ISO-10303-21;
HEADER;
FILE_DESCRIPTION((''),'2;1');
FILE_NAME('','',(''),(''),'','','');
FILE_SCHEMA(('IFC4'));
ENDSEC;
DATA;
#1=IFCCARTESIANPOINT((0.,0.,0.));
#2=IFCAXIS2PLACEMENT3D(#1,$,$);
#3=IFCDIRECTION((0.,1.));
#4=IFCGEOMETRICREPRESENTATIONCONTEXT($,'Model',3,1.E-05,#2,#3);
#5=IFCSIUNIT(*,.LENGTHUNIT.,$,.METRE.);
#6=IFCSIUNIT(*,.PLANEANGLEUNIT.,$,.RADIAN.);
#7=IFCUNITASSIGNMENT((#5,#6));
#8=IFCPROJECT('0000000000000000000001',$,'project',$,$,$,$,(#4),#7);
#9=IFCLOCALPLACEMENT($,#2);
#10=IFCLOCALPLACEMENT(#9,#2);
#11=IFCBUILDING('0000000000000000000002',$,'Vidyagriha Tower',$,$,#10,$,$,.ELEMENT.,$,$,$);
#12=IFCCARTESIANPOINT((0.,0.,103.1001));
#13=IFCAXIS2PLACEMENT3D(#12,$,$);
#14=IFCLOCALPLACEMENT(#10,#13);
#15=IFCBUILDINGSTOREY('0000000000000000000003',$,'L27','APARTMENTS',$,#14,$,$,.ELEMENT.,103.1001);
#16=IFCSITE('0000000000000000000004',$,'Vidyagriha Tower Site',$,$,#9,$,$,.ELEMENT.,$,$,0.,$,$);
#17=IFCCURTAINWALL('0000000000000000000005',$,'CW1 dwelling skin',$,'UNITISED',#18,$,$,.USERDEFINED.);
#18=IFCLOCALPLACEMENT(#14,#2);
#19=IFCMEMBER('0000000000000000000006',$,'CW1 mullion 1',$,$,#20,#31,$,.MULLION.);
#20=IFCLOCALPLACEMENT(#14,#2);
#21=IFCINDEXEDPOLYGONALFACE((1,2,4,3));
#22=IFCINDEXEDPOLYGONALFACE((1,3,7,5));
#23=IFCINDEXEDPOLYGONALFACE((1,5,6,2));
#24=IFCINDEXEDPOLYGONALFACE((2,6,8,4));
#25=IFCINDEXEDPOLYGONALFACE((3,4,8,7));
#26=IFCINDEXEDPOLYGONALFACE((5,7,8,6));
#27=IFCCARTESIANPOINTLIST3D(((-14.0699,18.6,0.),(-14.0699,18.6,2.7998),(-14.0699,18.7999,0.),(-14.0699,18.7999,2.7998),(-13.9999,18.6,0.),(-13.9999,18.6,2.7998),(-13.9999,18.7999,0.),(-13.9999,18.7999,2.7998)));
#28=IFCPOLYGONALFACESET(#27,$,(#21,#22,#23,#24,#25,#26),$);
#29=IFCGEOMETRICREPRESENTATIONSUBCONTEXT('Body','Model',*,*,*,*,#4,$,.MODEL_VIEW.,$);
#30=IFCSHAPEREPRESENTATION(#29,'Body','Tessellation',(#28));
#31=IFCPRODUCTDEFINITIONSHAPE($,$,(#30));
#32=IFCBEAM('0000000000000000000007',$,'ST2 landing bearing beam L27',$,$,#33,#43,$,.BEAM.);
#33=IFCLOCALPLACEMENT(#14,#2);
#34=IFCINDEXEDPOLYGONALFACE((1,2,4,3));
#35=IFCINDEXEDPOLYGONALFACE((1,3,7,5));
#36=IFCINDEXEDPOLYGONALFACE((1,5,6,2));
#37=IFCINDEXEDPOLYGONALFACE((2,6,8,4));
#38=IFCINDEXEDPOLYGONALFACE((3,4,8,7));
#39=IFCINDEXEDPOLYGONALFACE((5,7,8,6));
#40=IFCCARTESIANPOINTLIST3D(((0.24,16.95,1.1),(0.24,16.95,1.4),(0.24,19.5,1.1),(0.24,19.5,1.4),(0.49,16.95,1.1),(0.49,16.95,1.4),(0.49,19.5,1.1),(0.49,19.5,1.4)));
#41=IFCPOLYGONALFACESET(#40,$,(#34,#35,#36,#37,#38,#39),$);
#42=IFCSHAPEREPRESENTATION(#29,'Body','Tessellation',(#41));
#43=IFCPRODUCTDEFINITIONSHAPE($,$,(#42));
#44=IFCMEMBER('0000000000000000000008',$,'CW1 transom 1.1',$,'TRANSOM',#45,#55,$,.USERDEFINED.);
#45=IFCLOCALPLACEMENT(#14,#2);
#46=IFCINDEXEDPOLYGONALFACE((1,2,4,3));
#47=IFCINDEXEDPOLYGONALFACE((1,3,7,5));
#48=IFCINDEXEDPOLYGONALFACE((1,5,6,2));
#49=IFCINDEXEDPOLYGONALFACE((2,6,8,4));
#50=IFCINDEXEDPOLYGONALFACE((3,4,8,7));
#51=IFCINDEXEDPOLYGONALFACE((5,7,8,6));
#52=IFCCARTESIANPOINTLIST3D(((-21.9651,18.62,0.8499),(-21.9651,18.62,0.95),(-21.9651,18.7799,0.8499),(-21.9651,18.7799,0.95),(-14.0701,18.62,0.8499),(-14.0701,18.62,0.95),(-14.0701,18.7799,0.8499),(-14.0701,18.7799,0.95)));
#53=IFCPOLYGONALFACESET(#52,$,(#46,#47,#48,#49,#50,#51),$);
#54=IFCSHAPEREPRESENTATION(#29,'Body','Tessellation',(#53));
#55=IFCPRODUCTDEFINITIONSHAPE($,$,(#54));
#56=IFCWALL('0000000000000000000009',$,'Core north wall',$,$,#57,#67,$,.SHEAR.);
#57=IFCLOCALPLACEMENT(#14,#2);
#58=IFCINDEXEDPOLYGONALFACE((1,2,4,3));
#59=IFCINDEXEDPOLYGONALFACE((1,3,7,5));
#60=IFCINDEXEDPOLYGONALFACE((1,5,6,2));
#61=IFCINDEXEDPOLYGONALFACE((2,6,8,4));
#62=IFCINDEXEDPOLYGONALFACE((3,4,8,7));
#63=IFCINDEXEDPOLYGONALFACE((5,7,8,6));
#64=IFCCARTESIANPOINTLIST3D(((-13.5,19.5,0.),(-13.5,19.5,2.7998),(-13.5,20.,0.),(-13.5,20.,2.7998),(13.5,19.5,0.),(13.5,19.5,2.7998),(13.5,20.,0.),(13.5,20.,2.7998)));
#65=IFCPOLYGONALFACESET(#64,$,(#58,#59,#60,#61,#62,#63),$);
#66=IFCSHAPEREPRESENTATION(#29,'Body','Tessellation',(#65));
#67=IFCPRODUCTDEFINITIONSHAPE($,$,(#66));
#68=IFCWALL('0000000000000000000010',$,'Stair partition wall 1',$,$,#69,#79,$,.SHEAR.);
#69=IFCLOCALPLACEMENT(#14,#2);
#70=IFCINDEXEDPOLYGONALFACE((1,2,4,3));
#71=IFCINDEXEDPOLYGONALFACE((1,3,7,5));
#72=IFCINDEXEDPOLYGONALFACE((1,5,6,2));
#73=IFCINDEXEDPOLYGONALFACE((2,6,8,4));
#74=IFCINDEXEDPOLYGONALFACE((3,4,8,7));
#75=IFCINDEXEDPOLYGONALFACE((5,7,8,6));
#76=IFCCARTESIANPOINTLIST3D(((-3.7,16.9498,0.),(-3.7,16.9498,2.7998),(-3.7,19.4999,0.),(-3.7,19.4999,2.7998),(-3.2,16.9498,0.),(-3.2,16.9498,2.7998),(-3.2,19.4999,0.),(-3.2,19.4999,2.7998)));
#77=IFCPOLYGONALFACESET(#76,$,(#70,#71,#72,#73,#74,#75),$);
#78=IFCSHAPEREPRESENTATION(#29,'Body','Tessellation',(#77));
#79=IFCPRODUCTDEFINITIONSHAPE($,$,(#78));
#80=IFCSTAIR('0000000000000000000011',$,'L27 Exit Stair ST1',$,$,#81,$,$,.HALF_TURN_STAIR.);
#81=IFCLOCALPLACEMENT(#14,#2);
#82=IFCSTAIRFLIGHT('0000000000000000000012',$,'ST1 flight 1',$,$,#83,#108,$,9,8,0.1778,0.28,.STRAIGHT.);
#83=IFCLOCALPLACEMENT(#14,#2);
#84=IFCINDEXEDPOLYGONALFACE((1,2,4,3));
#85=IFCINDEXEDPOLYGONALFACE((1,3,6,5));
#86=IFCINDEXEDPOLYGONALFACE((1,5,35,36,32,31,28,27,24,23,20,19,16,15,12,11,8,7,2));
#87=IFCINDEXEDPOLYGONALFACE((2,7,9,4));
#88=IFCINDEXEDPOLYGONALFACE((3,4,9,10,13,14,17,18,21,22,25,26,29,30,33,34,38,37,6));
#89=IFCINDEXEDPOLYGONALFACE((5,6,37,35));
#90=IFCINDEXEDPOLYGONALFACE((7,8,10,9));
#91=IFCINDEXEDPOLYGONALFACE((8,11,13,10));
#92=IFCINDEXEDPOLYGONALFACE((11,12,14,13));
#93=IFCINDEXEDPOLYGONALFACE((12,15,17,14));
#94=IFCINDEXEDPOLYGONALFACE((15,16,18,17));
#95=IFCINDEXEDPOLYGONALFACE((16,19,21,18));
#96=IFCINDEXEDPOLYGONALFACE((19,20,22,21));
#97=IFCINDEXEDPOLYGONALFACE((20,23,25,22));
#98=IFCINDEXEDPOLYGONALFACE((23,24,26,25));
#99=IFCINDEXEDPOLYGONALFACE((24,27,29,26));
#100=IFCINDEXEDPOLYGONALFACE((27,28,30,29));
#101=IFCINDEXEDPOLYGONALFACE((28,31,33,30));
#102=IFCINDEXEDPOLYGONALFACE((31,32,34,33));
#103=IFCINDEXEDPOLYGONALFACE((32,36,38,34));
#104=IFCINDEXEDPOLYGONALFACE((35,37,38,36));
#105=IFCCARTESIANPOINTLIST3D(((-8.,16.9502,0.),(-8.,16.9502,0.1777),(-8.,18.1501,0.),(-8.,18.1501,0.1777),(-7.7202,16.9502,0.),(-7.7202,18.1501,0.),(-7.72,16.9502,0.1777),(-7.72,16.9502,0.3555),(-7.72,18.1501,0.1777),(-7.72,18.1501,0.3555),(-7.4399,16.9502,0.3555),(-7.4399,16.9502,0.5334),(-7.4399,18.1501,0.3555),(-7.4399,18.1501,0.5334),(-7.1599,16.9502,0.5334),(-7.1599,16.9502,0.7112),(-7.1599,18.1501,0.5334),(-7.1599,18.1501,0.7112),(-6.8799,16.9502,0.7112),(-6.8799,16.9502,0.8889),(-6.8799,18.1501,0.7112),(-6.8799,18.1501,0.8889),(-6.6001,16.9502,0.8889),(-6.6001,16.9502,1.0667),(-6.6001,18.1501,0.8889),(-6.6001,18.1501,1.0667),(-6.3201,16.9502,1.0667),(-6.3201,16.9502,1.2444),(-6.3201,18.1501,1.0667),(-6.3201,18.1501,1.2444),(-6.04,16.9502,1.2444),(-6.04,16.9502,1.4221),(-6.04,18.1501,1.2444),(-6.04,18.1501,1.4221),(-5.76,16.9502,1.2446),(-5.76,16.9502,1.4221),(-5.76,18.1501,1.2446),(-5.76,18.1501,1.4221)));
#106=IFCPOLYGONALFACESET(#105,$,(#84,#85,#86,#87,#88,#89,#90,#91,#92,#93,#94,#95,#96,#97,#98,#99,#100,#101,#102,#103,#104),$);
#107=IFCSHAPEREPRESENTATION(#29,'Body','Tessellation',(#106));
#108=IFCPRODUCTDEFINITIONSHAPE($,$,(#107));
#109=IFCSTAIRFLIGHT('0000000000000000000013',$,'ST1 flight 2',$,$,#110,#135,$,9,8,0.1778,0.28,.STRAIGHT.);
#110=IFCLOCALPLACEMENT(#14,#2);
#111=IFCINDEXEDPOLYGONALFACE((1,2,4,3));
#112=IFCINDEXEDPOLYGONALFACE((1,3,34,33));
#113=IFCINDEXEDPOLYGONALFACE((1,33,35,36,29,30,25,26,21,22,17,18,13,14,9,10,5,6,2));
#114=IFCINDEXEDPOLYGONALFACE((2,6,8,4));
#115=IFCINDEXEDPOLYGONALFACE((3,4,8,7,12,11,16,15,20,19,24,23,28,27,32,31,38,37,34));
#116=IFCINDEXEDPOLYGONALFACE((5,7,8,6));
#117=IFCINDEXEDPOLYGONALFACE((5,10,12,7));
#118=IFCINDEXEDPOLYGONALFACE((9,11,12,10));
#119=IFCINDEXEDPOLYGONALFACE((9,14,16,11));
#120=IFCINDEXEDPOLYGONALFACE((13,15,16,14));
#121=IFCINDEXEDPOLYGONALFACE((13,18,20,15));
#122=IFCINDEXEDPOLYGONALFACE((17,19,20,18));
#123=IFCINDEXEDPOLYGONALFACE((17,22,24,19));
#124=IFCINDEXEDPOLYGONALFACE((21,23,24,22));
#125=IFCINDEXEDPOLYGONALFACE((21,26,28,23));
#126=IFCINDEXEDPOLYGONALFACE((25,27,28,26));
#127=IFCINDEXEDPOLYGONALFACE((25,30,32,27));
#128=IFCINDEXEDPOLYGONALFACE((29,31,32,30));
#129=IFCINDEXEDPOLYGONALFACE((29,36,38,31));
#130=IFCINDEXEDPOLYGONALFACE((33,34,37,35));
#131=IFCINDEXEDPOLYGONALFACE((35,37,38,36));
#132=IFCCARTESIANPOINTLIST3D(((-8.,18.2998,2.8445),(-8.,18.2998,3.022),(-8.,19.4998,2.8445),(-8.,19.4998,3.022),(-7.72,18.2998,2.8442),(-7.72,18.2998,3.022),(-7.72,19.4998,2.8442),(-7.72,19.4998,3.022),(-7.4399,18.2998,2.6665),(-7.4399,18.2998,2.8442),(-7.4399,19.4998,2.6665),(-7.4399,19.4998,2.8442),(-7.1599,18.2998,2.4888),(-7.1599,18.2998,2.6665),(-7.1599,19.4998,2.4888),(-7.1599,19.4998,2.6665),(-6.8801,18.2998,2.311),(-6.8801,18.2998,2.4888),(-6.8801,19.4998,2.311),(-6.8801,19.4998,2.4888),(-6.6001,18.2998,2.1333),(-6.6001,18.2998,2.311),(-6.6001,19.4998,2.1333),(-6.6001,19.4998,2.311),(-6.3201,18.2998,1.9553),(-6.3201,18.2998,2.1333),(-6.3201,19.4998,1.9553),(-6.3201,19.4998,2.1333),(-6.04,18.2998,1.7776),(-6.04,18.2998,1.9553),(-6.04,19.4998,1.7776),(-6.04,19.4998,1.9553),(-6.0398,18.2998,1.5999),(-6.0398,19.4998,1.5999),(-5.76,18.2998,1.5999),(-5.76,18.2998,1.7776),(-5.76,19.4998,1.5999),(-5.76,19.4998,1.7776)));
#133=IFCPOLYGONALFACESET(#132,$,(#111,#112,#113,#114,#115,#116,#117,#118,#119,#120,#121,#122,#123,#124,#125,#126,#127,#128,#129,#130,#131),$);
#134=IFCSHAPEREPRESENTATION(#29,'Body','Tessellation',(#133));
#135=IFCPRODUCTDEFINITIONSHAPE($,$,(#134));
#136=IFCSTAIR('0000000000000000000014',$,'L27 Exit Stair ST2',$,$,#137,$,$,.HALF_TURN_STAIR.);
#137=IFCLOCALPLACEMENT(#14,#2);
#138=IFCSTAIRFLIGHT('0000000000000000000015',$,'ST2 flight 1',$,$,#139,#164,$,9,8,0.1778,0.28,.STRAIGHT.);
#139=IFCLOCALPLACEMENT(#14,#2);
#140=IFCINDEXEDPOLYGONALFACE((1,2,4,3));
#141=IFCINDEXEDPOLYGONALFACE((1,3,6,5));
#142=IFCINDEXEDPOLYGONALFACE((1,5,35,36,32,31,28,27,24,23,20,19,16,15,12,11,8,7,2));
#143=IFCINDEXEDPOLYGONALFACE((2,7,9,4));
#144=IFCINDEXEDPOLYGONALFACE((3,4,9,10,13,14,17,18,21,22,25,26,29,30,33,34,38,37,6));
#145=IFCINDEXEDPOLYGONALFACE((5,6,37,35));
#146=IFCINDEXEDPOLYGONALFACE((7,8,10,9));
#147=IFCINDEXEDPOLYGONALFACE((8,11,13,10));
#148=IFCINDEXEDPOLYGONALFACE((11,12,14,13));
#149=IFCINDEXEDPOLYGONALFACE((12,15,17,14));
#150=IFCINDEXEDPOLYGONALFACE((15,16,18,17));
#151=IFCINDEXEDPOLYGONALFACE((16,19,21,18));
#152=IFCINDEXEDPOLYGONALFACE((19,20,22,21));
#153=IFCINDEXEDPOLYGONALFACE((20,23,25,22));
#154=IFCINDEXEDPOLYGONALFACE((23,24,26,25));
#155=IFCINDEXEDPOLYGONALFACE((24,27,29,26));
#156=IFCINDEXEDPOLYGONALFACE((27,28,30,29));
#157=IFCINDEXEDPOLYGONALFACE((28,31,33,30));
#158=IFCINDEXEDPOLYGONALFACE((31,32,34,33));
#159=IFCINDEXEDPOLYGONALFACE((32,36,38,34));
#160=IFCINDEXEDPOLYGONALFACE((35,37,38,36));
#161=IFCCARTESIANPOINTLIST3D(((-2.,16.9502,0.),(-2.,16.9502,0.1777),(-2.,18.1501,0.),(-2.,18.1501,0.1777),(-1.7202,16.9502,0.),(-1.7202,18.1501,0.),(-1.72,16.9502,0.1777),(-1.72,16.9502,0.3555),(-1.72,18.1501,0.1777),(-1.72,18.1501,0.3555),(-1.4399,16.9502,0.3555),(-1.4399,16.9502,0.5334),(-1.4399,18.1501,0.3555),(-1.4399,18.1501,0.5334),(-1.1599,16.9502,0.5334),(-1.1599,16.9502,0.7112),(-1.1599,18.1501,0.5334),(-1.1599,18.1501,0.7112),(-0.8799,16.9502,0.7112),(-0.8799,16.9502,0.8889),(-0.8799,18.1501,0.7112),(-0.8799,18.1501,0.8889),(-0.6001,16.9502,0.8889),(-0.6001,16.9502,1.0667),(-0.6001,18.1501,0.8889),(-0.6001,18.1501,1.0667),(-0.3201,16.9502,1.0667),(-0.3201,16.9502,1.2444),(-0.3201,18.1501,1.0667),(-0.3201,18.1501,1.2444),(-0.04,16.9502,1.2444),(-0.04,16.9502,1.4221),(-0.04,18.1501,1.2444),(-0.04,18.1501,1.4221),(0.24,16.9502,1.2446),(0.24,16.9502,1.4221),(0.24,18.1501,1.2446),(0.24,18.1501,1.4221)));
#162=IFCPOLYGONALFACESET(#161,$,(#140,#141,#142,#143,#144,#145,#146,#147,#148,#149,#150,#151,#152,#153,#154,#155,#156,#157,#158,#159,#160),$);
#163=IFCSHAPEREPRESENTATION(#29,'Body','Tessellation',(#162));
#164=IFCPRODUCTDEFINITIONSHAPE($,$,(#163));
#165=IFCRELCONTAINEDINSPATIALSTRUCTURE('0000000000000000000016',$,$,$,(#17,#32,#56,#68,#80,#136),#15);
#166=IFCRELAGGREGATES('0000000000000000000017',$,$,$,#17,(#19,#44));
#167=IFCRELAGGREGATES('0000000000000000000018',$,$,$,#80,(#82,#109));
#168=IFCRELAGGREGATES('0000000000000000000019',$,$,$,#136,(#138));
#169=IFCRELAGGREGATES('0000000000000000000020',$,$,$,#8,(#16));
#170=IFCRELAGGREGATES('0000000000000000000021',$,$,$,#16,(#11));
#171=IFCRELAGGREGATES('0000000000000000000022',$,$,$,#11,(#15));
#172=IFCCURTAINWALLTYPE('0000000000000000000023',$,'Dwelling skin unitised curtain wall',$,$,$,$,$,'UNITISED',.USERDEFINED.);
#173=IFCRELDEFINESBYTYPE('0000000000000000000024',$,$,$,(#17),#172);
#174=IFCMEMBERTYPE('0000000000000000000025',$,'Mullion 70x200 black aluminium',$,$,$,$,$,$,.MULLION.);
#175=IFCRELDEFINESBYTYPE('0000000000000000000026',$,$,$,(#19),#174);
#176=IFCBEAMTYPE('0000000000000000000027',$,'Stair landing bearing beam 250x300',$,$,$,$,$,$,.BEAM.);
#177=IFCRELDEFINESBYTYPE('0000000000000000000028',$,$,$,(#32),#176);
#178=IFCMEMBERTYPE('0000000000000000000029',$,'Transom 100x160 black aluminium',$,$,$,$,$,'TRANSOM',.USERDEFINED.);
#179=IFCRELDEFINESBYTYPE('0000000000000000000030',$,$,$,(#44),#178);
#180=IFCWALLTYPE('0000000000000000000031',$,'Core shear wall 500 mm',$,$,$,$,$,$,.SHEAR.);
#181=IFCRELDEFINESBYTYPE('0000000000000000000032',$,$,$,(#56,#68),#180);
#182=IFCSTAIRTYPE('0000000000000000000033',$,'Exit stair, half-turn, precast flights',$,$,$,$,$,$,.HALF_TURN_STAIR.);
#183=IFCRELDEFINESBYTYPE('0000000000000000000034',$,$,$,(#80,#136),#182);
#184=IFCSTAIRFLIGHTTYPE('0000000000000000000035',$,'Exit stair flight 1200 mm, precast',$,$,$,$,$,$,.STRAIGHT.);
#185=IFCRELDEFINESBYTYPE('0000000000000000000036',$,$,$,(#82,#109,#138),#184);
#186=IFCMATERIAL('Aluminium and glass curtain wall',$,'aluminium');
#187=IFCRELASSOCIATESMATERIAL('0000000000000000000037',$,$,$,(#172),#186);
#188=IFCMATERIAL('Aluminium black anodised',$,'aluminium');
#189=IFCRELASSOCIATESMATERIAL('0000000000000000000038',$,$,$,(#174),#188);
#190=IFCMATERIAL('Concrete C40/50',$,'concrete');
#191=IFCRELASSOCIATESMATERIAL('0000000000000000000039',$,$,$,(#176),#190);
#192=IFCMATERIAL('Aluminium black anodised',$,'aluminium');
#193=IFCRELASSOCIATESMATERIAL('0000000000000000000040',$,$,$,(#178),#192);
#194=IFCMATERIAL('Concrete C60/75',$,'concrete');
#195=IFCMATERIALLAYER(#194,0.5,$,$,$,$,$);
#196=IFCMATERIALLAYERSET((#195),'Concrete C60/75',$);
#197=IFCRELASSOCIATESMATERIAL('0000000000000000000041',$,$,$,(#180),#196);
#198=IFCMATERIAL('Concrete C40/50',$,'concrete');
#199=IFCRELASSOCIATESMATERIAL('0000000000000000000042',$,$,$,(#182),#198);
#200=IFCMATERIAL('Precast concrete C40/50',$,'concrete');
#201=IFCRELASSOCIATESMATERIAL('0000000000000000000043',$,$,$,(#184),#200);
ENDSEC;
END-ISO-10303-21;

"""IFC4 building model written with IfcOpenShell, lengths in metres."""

from ifc_helpers import new_model, si_unit, direction, frame, frame_2d, origin, origin_2d, place, context, subcontext, project, spatial, polyline, rectangle, outline, extrude, material, layer, layer_set, material_profile, profile_set, type_object, element, aggregate, save


model = new_model("IFC4")

# Units and contexts
model_context = context("Model", 3, precision=1e-05, world=origin(), true_north=direction((0.0, 1.0)))
body_context = subcontext(model_context, "Body", "Model", "MODEL_VIEW")
ifc_project = project(units=[si_unit("LENGTHUNIT", "METRE"), si_unit("PLANEANGLEUNIT", "RADIAN")], contexts=[model_context])

# Site, building, storey
site_placement = place(None, origin())
site = spatial("IfcSite", under=ifc_project, at=site_placement, Name="Vidyagriha Tower Site", CompositionType="ELEMENT", RefElevation=0.0)
building_placement = place(site_placement, origin())
building = spatial("IfcBuilding", under=site, at=building_placement, Name="Vidyagriha Tower", CompositionType="ELEMENT")
storey_placement = place(building_placement, frame((0.0, 0.0, 103.1001)))
storey = spatial("IfcBuildingStorey", under=building, at=storey_placement, Name="L27", Description="APARTMENTS", CompositionType="ELEMENT", Elevation=103.1001)

# Curtain wall, member
ifc_material_1 = material(Name="Aluminium and glass curtain wall", Category="aluminium")
curtain_wall_type = type_object("IfcCurtainWallType", Name="Dwelling skin unitised curtain wall", ElementType="UNITISED", PredefinedType="USERDEFINED", material=ifc_material_1)
curtain_wall_placement = place(storey_placement, origin())
curtain_wall = element("IfcCurtainWall", 1, at=curtain_wall_placement, inside=storey, type_object=curtain_wall_type, Name="CW1 dwelling skin", ObjectType="UNITISED", PredefinedType="USERDEFINED")
ifc_material_2 = material(Name="Aluminium black anodised", Category="aluminium")
ifc_material_profile_1 = material_profile(ifc_material_2, rectangle(XDim=0.2, YDim=0.0701, at=origin_2d()), Name="Mullion 70x200 black aluminium")
ifc_profile_set_1 = profile_set([ifc_material_profile_1], Name="Aluminium black anodised")
member_type_1 = type_object("IfcMemberType", Name="Mullion 70x200 black aluminium", PredefinedType="MULLION", material=ifc_profile_set_1)
member_1_placement = place(storey_placement, frame((-14.0349, 18.7, 0.0), z_axis=(0.0, 0.0, 1.0), x_axis=(0.0, -1.0, 0.0)))
member_1 = element("IfcMember", 2, at=member_1_placement, type_object=member_type_1, Name="CW1 mullion 1", PredefinedType="MULLION", context=body_context, shape_type="SweptSolid", body=[
    extrude(rectangle(XDim=0.2, YDim=0.0701, at=origin_2d()), origin(), (0.0, 0.0, 1.0), 2.7998),
])

# Beam
ifc_material_3 = material(Name="Concrete C40/50", Category="concrete")
ifc_material_profile_2 = material_profile(ifc_material_3, rectangle(XDim=0.25, YDim=0.3, at=origin_2d()), Name="Stair landing bearing beam 250x300")
ifc_profile_set_2 = profile_set([ifc_material_profile_2], Name="Concrete C40/50")
beam_type = type_object("IfcBeamType", Name="Stair landing bearing beam 250x300", PredefinedType="BEAM", material=ifc_profile_set_2)
beam_placement = place(storey_placement, frame((0.365, 16.95, 1.25), z_axis=(0.0, 1.0, 0.0), x_axis=(-1.0, 0.0, 0.0)))
element("IfcBeam", 3, at=beam_placement, inside=storey, type_object=beam_type, Name="ST2 landing bearing beam L27", PredefinedType="BEAM", context=body_context, shape_type="SweptSolid", body=[
    extrude(rectangle(XDim=0.25, YDim=0.3, at=origin_2d()), origin(), (0.0, 0.0, 1.0), 2.55),
])

# Member
ifc_material_4 = material(Name="Aluminium black anodised", Category="aluminium")
ifc_material_profile_3 = material_profile(ifc_material_4, rectangle(XDim=0.1599, YDim=0.1001, at=origin_2d()), Name="Transom 100x160 black aluminium")
ifc_profile_set_3 = profile_set([ifc_material_profile_3], Name="Aluminium black anodised")
member_type_2 = type_object("IfcMemberType", Name="Transom 100x160 black aluminium", ElementType="TRANSOM", PredefinedType="USERDEFINED", material=ifc_profile_set_3)
member_2_placement = place(storey_placement, frame((-14.0701, 18.7, 0.8999), z_axis=(-1.0, 0.0, 0.0), x_axis=(0.0, -1.0, 0.0)))
member_2 = element("IfcMember", 4, at=member_2_placement, type_object=member_type_2, Name="CW1 transom 1.1", ObjectType="TRANSOM", PredefinedType="USERDEFINED", context=body_context, shape_type="SweptSolid", body=[
    extrude(rectangle(XDim=0.1599, YDim=0.1001, at=origin_2d()), origin(), (0.0, 0.0, 1.0), 7.895),
])
aggregate(curtain_wall, [member_1, member_2])

# Walls
ifc_material_5 = material(Name="Concrete C60/75", Category="concrete")
ifc_layer_1 = layer(ifc_material_5, 0.5)
ifc_layer_set_1 = layer_set([ifc_layer_1], Name="Concrete C60/75")
wall_type = type_object("IfcWallType", Name="Core shear wall 500 mm", PredefinedType="SHEAR", material=ifc_layer_set_1)
wall_1_placement = place(storey_placement, frame((-13.5, 19.75, 0.0)))
element("IfcWall", 5, at=wall_1_placement, inside=storey, type_object=wall_type, Name="Core north wall", PredefinedType="SHEAR", context=body_context, shape_type="SweptSolid", body=[
    extrude(rectangle(XDim=27.0, YDim=0.5, at=frame_2d((13.5, 0.0))), origin(), (0.0, 0.0, 1.0), 2.7998),
])
wall_2_placement = place(storey_placement, frame((-3.45, 16.95, 0.0), z_axis=(0.0, 0.0, 1.0), x_axis=(0.0, 1.0, 0.0)))
element("IfcWall", 6, at=wall_2_placement, inside=storey, type_object=wall_type, Name="Stair partition wall 1", PredefinedType="SHEAR", context=body_context, shape_type="SweptSolid", body=[
    extrude(rectangle(XDim=2.55, YDim=0.5, at=frame_2d((1.2749, 0.0))), origin(), (0.0, 0.0, 1.0), 2.7998),
])

# Stairs, stair flights
ifc_material_6 = material(Name="Concrete C40/50", Category="concrete")
stair_type = type_object("IfcStairType", Name="Exit stair, half-turn, precast flights", PredefinedType="HALF_TURN_STAIR", material=ifc_material_6)
stair_1_placement = place(storey_placement, origin())
stair_1 = element("IfcStair", 7, at=stair_1_placement, inside=storey, type_object=stair_type, Name="L27 Exit Stair ST1", PredefinedType="HALF_TURN_STAIR")
ifc_material_7 = material(Name="Precast concrete C40/50", Category="concrete")
stair_flight_type = type_object("IfcStairFlightType", Name="Exit stair flight 1200 mm, precast", PredefinedType="STRAIGHT", material=ifc_material_7)
stair_flight_1_placement = place(storey_placement, frame((-8.0, 17.55, 0.0)))
stair_flight_1 = element("IfcStairFlight", 8, at=stair_flight_1_placement, type_object=stair_flight_type, Name="ST1 flight 1", NumberOfRisers=9, NumberOfTreads=8, PredefinedType="STRAIGHT", RiserHeight=0.1778, TreadLength=0.28, context=body_context, shape_type="SweptSolid", body=[
    extrude(outline(polyline([(0.0, 0.0), (0.0, 0.1777), (0.28, 0.1777), (0.28, 0.3555), (0.5601, 0.3555), (0.5601, 0.5334), (0.8401, 0.5334), (0.8401, 0.7112), (1.1201, 0.7112), (1.1201, 0.8889), (1.3999, 0.8889), (1.3999, 1.0667), (1.6799, 1.0667), (1.6799, 1.2444), (1.96, 1.2444), (1.96, 1.4221), (2.24, 1.4221), (2.24, 1.6001), (2.24, 1.2446), (0.2798, 0.0), (0.0, 0.0)])), frame((0.0, 0.6001, 0.0), z_axis=(0.0, -1.0, 0.0), x_axis=(1.0, 0.0, 0.0)), (0.0, 0.0, 1.0), 1.2),
])
stair_flight_2_placement = place(storey_placement, frame((-5.76, 18.8999, 1.5999), z_axis=(0.0, 0.0, 1.0), x_axis=(-1.0, 0.0, 0.0)))
stair_flight_2 = element("IfcStairFlight", 9, at=stair_flight_2_placement, type_object=stair_flight_type, Name="ST1 flight 2", NumberOfRisers=9, NumberOfTreads=8, PredefinedType="STRAIGHT", RiserHeight=0.1778, TreadLength=0.28, context=body_context, shape_type="SweptSolid", body=[
    extrude(outline(polyline([(0.0, 0.0), (0.0, 0.1777), (0.28, 0.1777), (0.28, 0.3555), (0.5601, 0.3555), (0.5601, 0.5334), (0.8401, 0.5334), (0.8401, 0.7112), (1.1201, 0.7112), (1.1201, 0.8889), (1.3999, 0.8889), (1.3999, 1.0667), (1.6799, 1.0667), (1.6799, 1.2444), (1.96, 1.2444), (1.96, 1.4221), (2.24, 1.4221), (2.24, 1.6001), (2.24, 1.2446), (0.2798, 0.0), (0.0, 0.0)])), frame((0.0, 0.6001, 0.0), z_axis=(0.0, -1.0, 0.0), x_axis=(1.0, 0.0, 0.0)), (0.0, 0.0, 1.0), 1.2),
])
aggregate(stair_1, [stair_flight_1, stair_flight_2])
stair_2_placement = place(storey_placement, origin())
stair_2 = element("IfcStair", 10, at=stair_2_placement, inside=storey, type_object=stair_type, Name="L27 Exit Stair ST2", PredefinedType="HALF_TURN_STAIR")
stair_flight_3_placement = place(storey_placement, frame((-2.0, 17.55, 0.0)))
stair_flight_3 = element("IfcStairFlight", 11, at=stair_flight_3_placement, type_object=stair_flight_type, Name="ST2 flight 1", NumberOfRisers=9, NumberOfTreads=8, PredefinedType="STRAIGHT", RiserHeight=0.1778, TreadLength=0.28, context=body_context, shape_type="SweptSolid", body=[
    extrude(outline(polyline([(0.0, 0.0), (0.0, 0.1777), (0.28, 0.1777), (0.28, 0.3555), (0.5601, 0.3555), (0.5601, 0.5334), (0.8401, 0.5334), (0.8401, 0.7112), (1.1201, 0.7112), (1.1201, 0.8889), (1.3999, 0.8889), (1.3999, 1.0667), (1.6799, 1.0667), (1.6799, 1.2444), (1.96, 1.2444), (1.96, 1.4221), (2.24, 1.4221), (2.24, 1.6001), (2.24, 1.2446), (0.2798, 0.0), (0.0, 0.0)])), frame((0.0, 0.6001, 0.0), z_axis=(0.0, -1.0, 0.0), x_axis=(1.0, 0.0, 0.0)), (0.0, 0.0, 1.0), 1.2),
])
aggregate(stair_2, [stair_flight_3])

save(model, "model.ifc")
